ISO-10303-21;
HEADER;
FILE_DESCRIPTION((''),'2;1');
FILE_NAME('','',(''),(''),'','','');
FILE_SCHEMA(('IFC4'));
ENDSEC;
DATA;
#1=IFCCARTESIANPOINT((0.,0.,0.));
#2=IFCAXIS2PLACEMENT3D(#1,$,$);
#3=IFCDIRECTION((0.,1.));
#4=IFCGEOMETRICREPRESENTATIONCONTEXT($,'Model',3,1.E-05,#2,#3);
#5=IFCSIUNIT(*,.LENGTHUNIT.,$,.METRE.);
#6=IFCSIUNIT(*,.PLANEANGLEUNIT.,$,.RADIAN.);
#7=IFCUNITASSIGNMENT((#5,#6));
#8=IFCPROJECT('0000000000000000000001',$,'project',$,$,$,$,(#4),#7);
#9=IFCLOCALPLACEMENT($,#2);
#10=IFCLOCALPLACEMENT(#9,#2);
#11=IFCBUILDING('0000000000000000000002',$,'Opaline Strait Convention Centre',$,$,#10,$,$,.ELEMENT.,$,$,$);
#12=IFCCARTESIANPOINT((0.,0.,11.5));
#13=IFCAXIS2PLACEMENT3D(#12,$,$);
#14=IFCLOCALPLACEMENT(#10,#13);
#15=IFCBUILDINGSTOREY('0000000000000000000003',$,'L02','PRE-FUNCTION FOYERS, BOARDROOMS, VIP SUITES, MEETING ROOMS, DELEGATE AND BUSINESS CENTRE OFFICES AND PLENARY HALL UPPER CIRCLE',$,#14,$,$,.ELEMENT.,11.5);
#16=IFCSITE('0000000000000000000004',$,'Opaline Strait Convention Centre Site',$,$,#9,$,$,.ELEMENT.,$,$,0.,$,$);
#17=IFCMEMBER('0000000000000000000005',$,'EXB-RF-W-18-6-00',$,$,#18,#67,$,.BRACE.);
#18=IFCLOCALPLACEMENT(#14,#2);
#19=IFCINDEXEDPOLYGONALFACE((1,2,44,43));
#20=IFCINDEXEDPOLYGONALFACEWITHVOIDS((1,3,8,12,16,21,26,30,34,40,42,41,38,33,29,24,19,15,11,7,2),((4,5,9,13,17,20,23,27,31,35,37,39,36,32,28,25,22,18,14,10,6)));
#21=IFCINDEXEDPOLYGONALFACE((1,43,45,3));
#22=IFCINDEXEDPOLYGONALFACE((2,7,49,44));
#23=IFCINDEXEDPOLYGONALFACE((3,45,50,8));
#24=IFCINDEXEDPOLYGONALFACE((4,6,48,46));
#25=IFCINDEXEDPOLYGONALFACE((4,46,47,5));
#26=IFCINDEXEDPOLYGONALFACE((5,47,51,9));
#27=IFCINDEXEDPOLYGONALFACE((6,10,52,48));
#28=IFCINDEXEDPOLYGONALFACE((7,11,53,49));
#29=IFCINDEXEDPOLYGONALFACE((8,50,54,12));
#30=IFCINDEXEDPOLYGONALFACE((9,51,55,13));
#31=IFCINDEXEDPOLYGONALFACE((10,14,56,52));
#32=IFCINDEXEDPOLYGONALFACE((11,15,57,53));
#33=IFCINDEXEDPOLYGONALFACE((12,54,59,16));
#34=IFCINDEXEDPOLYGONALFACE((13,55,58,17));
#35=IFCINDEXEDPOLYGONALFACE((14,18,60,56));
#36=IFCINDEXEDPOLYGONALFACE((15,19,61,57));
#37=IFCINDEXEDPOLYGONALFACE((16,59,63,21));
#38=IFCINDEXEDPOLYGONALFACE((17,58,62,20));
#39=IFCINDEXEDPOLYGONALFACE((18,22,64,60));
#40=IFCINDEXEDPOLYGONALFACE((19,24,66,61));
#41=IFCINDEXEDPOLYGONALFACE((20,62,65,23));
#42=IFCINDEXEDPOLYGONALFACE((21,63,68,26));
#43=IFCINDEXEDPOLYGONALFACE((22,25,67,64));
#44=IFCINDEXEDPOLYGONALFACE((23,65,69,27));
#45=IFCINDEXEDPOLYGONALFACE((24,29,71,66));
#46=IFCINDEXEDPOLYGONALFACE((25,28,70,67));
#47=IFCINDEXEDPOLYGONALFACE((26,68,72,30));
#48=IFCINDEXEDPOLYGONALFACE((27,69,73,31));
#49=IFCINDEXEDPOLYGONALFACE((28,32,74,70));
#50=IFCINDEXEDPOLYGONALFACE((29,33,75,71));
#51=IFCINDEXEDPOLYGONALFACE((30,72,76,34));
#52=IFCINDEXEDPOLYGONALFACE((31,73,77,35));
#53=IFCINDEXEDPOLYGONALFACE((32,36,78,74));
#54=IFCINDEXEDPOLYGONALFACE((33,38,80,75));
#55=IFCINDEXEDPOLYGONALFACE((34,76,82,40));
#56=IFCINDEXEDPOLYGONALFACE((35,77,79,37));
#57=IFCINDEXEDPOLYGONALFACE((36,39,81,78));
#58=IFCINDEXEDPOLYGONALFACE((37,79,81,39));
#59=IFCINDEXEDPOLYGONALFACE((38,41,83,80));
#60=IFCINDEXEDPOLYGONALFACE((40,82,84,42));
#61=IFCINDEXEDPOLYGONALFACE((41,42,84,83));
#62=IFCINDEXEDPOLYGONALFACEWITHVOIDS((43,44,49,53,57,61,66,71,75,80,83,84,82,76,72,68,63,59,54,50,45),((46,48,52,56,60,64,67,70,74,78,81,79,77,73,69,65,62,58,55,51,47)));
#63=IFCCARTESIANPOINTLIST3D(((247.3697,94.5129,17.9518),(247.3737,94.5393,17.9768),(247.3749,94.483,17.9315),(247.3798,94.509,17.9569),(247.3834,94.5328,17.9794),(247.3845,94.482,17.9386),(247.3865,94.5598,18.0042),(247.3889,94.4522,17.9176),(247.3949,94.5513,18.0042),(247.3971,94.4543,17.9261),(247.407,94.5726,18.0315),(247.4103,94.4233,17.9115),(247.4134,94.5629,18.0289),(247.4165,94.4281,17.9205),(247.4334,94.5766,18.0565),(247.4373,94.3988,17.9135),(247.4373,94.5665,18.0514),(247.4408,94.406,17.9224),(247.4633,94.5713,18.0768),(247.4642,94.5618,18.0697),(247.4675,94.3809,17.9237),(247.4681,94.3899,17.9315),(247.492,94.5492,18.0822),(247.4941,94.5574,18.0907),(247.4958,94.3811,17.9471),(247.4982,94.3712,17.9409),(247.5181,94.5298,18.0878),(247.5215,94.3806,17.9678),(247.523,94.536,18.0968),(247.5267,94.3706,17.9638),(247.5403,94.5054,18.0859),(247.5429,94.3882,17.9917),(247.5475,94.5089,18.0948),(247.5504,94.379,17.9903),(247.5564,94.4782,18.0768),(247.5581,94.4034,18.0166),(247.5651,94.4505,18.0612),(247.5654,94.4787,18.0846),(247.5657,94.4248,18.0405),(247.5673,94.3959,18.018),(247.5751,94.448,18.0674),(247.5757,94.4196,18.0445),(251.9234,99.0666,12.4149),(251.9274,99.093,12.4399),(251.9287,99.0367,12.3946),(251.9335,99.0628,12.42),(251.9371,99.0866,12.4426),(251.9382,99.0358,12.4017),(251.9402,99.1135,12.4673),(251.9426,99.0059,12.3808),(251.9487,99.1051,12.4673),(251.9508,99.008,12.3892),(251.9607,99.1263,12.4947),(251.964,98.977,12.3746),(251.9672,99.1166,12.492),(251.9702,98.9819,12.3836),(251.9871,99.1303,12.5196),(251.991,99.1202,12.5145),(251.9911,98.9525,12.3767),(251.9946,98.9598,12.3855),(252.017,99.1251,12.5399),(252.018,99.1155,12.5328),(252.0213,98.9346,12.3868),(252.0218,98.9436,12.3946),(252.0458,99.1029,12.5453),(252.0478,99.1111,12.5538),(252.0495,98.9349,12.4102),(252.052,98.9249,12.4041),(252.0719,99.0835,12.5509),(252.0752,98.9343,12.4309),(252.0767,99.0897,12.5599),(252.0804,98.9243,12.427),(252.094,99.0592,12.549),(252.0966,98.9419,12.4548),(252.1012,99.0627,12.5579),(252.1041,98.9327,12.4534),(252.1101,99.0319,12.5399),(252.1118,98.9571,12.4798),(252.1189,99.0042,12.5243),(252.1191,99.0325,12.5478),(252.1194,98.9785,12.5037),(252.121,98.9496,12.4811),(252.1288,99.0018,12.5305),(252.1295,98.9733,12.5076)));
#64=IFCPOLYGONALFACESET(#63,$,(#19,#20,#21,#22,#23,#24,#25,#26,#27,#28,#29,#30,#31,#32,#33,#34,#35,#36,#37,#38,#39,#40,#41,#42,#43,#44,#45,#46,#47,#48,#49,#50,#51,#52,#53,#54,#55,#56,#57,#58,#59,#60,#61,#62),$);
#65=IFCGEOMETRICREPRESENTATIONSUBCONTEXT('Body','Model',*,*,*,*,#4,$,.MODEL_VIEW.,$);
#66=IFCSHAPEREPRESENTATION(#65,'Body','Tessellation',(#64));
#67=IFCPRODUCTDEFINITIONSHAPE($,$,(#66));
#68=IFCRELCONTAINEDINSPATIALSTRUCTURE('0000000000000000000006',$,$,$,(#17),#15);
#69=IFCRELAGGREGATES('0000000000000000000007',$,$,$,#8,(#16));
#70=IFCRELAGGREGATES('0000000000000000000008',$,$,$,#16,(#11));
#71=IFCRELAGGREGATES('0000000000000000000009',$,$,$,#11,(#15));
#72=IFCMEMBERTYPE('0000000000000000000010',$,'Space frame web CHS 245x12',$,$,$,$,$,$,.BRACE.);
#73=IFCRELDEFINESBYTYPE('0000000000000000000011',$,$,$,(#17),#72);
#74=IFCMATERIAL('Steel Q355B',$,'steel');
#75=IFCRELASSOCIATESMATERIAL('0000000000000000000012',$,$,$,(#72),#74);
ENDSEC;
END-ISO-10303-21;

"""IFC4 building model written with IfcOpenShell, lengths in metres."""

from ifc_helpers import new_model, si_unit, direction, frame, origin, origin_2d, place, context, subcontext, project, spatial, hollow_circle, extrude, material, material_profile, profile_set, type_object, element, save


model = new_model("IFC4")

# Units and contexts
model_context = context("Model", 3, precision=1e-05, world=origin(), true_north=direction((0.0, 1.0)))
body_context = subcontext(model_context, "Body", "Model", "MODEL_VIEW")
ifc_project = project(units=[si_unit("LENGTHUNIT", "METRE"), si_unit("PLANEANGLEUNIT", "RADIAN")], contexts=[model_context])

# Site, building, storey
site_placement = place(None, origin())
site = spatial("IfcSite", under=ifc_project, at=site_placement, Name="Opaline Strait Convention Centre Site", CompositionType="ELEMENT", RefElevation=0.0)
building_placement = place(site_placement, origin())
building = spatial("IfcBuilding", under=site, at=building_placement, Name="Opaline Strait Convention Centre", CompositionType="ELEMENT")
storey_placement = place(building_placement, frame((0.0, 0.0, 11.5)))
storey = spatial("IfcBuildingStorey", under=building, at=storey_placement, Name="L02", Description="PRE-FUNCTION FOYERS, BOARDROOMS, VIP SUITES, MEETING ROOMS, DELEGATE AND BUSINESS CENTRE OFFICES AND PLENARY HALL UPPER CIRCLE", CompositionType="ELEMENT", Elevation=11.5)

# Member
ifc_material = material(Name="Steel Q355B", Category="steel")
ifc_material_profile_1 = material_profile(ifc_material, hollow_circle(Radius=0.1226, WallThickness=0.012, at=origin_2d()), Name="CHS 245x12")
ifc_profile_set_1 = profile_set([ifc_material_profile_1], Name="Steel Q355B")
member_type_1 = type_object("IfcMemberType", Name="Space frame web CHS 245x12", PredefinedType="BRACE", material=ifc_profile_set_1)
for number, where, z_axis, x_axis, name in (
    (1, (247.4731, 94.4731, 18.0042), (0.536178, 0.536178, -0.65194), (-0.707107, 0.707107, 0.0), "EXB-RF-W-18-6-00"),
):
    element("IfcMember", number, at=place(storey_placement, frame(where, z_axis=z_axis, x_axis=x_axis)), inside=storey, type_object=member_type_1, Name=name, PredefinedType="BRACE", context=body_context, shape_type="SweptSolid", body=[
        extrude(hollow_circle(Radius=0.1226, WallThickness=0.012, at=origin_2d()), origin(), (0.0, 0.0, 1.0), 8.4929),
    ])

save(model, "model.ifc")
